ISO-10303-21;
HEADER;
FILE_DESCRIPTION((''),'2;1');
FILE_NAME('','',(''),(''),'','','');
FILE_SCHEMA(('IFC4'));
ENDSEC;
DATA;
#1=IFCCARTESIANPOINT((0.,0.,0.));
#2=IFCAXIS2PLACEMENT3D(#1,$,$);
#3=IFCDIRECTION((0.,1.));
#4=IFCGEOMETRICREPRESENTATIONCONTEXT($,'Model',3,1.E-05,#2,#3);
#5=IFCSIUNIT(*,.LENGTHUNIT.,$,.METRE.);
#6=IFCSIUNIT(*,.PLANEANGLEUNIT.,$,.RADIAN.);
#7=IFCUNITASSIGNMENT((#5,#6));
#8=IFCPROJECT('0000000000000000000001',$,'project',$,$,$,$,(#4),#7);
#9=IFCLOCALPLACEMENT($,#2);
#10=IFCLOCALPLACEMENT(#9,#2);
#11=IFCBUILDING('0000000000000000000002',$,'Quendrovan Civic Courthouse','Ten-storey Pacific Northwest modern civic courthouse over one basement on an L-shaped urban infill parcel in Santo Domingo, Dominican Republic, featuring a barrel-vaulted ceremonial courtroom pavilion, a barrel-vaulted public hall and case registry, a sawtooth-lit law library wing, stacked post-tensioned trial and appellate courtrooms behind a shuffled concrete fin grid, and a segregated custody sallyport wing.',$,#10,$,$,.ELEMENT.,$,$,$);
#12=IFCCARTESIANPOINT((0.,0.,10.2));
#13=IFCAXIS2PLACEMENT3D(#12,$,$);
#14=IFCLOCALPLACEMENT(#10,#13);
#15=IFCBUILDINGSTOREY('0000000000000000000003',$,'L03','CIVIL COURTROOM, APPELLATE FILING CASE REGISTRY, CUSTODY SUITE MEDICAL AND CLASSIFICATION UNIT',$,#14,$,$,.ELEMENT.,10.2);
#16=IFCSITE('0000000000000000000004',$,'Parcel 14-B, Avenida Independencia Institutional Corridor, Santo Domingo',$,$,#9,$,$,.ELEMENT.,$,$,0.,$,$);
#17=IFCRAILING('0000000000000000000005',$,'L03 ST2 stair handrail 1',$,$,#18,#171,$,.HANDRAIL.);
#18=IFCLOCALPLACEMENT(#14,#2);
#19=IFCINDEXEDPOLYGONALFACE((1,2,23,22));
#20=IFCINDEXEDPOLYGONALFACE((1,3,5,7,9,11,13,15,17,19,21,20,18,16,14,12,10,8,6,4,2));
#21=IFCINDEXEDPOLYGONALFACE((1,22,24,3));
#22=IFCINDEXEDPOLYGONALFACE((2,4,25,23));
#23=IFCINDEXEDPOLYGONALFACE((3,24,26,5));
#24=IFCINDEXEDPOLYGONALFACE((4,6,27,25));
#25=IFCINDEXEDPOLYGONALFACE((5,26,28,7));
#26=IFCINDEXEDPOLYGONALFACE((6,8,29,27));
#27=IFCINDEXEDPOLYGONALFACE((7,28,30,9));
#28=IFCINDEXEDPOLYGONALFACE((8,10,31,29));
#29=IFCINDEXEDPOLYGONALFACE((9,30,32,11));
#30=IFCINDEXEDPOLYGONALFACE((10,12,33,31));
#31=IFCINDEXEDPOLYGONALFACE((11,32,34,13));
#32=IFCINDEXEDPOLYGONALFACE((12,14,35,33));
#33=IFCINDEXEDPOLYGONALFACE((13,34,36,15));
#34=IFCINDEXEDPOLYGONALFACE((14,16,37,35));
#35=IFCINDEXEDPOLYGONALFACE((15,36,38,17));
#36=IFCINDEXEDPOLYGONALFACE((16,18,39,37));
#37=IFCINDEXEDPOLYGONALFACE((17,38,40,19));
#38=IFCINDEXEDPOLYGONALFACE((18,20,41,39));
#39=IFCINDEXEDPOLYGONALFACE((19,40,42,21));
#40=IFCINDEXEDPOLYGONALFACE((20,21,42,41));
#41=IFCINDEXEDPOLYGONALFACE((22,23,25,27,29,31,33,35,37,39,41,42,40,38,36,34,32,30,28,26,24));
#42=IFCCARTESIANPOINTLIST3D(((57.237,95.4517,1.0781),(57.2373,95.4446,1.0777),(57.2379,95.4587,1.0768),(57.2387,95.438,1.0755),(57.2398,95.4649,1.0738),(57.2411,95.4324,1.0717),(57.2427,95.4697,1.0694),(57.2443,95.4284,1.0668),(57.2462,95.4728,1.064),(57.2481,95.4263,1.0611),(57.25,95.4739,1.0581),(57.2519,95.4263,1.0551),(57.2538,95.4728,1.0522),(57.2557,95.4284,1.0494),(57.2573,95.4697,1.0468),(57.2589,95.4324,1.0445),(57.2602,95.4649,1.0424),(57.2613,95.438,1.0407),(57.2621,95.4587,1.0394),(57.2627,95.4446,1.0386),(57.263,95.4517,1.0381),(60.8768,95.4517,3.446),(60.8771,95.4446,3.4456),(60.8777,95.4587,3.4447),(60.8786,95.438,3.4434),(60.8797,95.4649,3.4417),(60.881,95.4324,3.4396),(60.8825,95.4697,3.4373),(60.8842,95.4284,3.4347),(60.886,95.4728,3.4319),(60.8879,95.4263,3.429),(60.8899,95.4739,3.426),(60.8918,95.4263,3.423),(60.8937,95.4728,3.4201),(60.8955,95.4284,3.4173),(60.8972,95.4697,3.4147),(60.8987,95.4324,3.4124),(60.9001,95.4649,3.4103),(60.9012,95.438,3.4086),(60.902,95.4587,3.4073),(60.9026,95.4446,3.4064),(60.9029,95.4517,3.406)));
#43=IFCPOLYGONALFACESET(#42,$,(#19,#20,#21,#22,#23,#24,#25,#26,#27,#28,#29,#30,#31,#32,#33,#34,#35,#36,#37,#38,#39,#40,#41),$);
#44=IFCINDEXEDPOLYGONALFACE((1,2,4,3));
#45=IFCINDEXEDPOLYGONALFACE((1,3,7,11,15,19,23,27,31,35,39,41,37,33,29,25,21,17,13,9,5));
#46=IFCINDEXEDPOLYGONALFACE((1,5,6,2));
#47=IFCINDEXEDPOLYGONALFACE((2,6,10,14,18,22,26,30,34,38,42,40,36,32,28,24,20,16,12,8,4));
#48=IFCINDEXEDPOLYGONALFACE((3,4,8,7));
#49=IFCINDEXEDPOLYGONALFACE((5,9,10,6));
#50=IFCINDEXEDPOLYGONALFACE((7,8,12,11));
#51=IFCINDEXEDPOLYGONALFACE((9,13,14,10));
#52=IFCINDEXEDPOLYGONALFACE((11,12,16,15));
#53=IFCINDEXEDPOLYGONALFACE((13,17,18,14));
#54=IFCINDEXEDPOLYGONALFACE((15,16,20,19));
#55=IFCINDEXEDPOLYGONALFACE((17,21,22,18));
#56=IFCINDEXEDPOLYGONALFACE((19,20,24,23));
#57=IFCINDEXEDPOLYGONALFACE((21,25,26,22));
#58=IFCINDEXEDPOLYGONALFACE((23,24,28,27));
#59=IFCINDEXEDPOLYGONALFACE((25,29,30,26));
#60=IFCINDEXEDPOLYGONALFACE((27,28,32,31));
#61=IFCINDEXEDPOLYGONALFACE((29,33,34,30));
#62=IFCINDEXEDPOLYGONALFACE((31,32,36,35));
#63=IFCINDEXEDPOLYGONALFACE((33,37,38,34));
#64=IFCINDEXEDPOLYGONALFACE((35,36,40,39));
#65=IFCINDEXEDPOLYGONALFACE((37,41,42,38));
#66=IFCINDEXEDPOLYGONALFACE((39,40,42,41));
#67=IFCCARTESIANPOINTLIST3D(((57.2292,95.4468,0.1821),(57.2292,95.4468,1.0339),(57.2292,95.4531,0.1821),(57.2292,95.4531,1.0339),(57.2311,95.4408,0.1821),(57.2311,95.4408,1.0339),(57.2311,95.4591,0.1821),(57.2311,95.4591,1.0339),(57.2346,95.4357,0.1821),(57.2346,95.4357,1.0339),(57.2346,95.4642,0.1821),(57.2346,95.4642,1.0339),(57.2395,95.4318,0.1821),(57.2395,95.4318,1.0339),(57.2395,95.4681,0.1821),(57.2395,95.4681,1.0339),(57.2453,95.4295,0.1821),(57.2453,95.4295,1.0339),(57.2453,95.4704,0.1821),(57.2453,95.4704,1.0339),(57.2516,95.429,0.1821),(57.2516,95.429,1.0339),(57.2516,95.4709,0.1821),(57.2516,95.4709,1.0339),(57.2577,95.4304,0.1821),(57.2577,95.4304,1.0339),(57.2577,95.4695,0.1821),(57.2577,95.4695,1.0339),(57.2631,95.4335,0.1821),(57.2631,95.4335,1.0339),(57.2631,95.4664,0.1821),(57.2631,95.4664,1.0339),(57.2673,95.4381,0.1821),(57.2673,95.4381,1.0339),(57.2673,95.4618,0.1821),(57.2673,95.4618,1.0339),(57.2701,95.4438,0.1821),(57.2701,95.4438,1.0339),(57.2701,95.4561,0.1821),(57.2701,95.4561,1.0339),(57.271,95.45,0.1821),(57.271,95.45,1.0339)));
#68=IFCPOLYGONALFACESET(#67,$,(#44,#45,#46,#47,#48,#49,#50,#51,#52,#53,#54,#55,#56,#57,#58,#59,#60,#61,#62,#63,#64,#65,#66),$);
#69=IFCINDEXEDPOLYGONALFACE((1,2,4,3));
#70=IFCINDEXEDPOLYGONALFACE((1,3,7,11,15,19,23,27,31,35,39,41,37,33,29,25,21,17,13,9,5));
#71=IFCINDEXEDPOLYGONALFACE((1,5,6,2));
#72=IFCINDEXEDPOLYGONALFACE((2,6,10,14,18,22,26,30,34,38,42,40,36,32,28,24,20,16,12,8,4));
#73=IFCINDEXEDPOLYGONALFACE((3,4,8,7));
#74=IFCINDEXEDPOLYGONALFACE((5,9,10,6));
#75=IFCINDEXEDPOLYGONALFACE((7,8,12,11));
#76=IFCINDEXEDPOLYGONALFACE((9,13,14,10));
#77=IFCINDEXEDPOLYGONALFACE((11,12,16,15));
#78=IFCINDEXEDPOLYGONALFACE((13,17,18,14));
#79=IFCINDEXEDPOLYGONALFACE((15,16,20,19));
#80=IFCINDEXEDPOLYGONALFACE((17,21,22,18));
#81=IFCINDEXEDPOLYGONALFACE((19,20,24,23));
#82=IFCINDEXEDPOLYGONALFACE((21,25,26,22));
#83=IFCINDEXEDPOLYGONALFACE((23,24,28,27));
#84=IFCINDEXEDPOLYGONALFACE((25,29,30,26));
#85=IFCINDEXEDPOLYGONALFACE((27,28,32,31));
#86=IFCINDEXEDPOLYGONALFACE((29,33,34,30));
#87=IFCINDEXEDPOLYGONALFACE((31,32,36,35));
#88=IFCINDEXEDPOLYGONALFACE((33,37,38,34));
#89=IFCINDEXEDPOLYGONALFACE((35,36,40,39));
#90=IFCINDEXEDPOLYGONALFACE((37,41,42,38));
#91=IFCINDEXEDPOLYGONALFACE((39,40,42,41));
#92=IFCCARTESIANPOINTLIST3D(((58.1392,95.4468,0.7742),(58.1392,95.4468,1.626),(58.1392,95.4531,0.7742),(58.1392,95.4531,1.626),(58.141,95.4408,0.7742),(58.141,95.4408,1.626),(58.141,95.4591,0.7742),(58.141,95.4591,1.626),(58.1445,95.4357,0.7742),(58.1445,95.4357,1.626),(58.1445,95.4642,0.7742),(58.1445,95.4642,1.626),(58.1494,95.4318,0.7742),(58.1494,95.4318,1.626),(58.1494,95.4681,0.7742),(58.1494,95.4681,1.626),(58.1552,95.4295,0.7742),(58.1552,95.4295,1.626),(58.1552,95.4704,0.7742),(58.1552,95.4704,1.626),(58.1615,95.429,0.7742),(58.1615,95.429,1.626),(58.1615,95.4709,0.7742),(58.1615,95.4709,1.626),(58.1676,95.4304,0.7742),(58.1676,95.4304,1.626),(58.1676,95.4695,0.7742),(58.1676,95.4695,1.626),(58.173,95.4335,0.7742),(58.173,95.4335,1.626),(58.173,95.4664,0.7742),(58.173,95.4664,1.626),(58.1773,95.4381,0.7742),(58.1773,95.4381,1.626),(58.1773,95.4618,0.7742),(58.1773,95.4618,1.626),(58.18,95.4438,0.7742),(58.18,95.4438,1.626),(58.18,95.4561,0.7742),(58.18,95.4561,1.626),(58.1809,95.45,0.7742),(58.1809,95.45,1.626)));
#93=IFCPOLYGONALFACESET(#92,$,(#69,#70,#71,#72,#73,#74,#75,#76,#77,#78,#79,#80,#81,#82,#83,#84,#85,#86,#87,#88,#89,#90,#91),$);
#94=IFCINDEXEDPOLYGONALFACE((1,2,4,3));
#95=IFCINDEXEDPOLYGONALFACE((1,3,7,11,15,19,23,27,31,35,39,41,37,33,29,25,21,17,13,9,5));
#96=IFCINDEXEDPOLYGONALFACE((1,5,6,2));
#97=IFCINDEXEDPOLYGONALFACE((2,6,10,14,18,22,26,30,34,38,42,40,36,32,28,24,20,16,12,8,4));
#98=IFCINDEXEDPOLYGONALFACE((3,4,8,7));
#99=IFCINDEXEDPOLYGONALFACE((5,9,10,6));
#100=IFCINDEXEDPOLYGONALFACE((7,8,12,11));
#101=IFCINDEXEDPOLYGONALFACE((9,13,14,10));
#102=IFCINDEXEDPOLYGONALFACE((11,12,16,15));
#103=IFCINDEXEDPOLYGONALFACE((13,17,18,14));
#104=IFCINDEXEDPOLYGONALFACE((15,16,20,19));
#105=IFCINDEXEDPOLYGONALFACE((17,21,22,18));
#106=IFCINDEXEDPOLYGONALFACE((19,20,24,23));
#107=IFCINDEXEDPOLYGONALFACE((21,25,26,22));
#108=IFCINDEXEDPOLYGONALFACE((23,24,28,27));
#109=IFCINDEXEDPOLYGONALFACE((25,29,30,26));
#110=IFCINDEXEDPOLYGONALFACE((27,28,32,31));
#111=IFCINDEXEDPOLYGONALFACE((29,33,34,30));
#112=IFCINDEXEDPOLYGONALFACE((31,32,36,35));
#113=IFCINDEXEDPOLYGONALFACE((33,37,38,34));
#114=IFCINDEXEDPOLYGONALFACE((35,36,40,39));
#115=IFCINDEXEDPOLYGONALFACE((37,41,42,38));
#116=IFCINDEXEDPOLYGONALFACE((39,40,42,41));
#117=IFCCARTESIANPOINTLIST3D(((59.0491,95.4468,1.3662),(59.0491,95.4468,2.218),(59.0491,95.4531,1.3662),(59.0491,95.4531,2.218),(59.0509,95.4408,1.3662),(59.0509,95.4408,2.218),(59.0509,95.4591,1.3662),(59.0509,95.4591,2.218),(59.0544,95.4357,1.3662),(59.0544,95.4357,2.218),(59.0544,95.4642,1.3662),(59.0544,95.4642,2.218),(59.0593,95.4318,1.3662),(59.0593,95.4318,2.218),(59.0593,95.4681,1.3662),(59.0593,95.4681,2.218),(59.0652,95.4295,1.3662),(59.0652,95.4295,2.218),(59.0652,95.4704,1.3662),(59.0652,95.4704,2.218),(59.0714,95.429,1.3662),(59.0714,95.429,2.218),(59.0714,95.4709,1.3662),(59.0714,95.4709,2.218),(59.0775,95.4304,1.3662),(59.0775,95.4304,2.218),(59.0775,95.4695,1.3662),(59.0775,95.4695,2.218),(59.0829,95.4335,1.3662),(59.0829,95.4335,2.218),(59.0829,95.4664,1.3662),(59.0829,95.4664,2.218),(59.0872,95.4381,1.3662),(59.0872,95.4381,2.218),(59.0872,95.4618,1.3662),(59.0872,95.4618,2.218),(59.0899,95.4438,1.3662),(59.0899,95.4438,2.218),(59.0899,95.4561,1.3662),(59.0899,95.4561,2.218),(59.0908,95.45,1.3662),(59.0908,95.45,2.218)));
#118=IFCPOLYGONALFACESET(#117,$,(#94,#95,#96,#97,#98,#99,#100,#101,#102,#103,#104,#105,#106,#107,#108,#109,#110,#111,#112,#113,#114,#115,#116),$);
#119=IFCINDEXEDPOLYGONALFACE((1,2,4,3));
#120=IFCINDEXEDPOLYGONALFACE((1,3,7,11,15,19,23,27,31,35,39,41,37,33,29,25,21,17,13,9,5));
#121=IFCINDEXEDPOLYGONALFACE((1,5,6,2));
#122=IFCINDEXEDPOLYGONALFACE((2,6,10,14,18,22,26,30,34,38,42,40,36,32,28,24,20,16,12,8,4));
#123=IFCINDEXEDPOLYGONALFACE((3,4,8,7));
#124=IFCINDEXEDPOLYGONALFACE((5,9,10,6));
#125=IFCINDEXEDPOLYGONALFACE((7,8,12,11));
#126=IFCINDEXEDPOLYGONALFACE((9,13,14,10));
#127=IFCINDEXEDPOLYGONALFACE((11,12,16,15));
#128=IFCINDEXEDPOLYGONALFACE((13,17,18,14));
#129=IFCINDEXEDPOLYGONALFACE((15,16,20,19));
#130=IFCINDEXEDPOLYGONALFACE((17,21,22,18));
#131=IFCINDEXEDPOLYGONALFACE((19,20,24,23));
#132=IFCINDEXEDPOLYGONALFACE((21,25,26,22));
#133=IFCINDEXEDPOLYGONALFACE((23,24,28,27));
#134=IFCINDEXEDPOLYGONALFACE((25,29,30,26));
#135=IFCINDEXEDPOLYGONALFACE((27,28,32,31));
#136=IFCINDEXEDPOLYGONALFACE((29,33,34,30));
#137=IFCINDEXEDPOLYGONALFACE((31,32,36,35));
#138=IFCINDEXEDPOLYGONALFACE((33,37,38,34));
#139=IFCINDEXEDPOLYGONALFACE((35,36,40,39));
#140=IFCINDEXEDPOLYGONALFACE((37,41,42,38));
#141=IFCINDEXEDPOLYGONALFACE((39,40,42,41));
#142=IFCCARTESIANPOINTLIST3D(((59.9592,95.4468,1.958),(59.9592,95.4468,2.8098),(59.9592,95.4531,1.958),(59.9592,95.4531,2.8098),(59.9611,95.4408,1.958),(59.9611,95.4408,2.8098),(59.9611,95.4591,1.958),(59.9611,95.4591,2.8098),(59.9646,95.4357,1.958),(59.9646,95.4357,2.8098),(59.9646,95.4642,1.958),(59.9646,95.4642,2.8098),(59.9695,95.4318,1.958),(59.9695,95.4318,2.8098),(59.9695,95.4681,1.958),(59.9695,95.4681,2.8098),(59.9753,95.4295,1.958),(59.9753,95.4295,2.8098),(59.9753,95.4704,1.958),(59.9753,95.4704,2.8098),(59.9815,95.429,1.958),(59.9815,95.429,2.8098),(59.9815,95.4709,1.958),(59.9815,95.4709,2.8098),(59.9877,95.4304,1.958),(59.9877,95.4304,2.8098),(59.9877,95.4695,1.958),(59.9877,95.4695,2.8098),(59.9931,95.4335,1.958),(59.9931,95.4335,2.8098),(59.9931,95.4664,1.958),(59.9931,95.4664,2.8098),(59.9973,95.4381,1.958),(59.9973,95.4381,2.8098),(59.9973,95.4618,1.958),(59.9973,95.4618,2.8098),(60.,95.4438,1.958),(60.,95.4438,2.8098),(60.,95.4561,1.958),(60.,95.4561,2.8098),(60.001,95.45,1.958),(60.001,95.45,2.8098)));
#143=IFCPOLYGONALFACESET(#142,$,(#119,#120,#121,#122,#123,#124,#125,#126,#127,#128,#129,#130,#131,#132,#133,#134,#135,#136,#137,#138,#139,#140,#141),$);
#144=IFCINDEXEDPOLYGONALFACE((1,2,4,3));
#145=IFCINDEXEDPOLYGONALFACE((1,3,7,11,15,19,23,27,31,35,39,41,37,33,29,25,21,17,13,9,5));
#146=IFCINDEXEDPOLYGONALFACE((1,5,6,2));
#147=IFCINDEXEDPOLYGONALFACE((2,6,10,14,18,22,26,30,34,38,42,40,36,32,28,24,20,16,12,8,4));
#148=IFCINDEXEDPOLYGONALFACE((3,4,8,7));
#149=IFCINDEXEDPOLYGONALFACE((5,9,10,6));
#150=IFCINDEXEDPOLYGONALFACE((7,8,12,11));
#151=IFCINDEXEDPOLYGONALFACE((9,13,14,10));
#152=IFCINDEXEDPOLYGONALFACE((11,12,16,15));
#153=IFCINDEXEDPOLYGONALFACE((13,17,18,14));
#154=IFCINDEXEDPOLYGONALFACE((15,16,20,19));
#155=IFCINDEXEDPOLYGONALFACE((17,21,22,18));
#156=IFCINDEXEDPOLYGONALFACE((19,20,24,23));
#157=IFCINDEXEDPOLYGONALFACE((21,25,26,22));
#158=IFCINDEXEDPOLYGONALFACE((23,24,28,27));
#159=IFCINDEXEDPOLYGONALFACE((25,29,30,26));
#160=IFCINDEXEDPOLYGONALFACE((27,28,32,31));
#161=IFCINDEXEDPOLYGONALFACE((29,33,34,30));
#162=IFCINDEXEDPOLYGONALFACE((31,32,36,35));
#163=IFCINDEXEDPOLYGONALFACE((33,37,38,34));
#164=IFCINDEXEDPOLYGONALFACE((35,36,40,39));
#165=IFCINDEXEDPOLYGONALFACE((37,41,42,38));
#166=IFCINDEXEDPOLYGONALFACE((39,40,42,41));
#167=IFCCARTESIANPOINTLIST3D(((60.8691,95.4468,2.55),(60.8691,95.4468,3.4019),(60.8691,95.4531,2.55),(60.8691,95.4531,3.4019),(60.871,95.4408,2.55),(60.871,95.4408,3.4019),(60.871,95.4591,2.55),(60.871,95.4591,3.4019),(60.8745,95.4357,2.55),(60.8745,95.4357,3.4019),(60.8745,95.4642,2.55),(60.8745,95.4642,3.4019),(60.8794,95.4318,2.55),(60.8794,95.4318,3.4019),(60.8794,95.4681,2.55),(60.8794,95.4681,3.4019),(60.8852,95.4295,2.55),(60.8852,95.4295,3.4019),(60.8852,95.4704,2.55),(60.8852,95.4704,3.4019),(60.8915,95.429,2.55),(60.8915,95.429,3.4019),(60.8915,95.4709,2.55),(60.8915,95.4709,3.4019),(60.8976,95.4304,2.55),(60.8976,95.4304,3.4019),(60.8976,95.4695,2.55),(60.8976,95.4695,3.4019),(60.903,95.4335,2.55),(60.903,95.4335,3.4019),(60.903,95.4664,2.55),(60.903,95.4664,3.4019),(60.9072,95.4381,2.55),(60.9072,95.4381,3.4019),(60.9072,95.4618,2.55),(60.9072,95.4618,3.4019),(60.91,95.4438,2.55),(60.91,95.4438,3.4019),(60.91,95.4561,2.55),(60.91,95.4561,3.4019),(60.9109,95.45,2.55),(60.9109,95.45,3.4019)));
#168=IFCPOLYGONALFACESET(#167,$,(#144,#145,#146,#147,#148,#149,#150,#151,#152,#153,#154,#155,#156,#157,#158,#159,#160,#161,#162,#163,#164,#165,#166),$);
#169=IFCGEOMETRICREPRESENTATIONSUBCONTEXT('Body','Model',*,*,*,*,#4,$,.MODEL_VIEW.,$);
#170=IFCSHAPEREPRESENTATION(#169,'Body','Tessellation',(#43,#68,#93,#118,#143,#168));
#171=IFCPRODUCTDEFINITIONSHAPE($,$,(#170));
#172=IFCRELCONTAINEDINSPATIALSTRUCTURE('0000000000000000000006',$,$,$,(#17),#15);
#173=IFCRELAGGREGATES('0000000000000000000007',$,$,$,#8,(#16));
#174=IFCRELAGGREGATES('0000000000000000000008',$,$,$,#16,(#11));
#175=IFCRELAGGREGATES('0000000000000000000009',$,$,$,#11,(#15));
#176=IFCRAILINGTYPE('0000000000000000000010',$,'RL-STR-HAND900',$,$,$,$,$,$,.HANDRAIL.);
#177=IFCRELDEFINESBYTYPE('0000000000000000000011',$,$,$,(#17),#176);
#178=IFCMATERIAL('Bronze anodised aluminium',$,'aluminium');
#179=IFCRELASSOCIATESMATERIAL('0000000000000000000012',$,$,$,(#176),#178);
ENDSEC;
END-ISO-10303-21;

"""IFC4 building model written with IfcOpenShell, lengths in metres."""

from ifc_helpers import new_model, si_unit, direction, frame, origin, origin_2d, place, context, subcontext, project, spatial, circle, extrude, material, type_object, element, save


model = new_model("IFC4")

# Units and contexts
model_context = context("Model", 3, precision=1e-05, world=origin(), true_north=direction((0.0, 1.0)))
body_context = subcontext(model_context, "Body", "Model", "MODEL_VIEW")
ifc_project = project(units=[si_unit("LENGTHUNIT", "METRE"), si_unit("PLANEANGLEUNIT", "RADIAN")], contexts=[model_context])

# Site, building, storey
site_placement = place(None, origin())
site = spatial("IfcSite", under=ifc_project, at=site_placement, Name="Parcel 14-B, Avenida Independencia Institutional Corridor, Santo Domingo", CompositionType="ELEMENT", RefElevation=0.0)
building_placement = place(site_placement, origin())
building = spatial("IfcBuilding", under=site, at=building_placement, Name="Quendrovan Civic Courthouse", Description="Ten-storey Pacific Northwest modern civic courthouse over one basement on an L-shaped urban infill parcel in Santo Domingo, Dominican Republic, featuring a barrel-vaulted ceremonial courtroom pavilion, a barrel-vaulted public hall and case registry, a sawtooth-lit law library wing, stacked post-tensioned trial and appellate courtrooms behind a shuffled concrete fin grid, and a segregated custody sallyport wing.", CompositionType="ELEMENT")
storey_placement = place(building_placement, frame((0.0, 0.0, 10.2)))
storey = spatial("IfcBuildingStorey", under=building, at=storey_placement, Name="L03", Description="CIVIL COURTROOM, APPELLATE FILING CASE REGISTRY, CUSTODY SUITE MEDICAL AND CLASSIFICATION UNIT", CompositionType="ELEMENT", Elevation=10.2)

# Railing
ifc_material_1 = material(Name="Bronze anodised aluminium", Category="aluminium")
railing_type_1 = type_object("IfcRailingType", Name="RL-STR-HAND900", PredefinedType="HANDRAIL", material=ifc_material_1)
railing_1_placement = place(storey_placement, frame((57.25, 95.45, 0.1821)))
element("IfcRailing", 1, at=railing_1_placement, inside=storey, type_object=railing_type_1, Name="L03 ST2 stair handrail 1", PredefinedType="HANDRAIL", context=body_context, shape_type="SweptSolid", body=[
    extrude(circle(Radius=0.0239, at=origin_2d()), frame((0.0, 0.0, 0.876), z_axis=(0.838234, 0.0, 0.54531), x_axis=(0.0, 1.0, 0.0)), (0.0, 0.0, 1.0), 4.3423),
    extrude(circle(Radius=0.021, at=origin_2d()), origin(), (0.0, 0.0, 1.0), 0.8518),
    extrude(circle(Radius=0.021, at=origin_2d()), frame((0.9099, 0.0, 0.592)), (0.0, 0.0, 1.0), 0.8518),
    extrude(circle(Radius=0.021, at=origin_2d()), frame((1.8198, 0.0, 1.1841)), (0.0, 0.0, 1.0), 0.8518),
    extrude(circle(Radius=0.021, at=origin_2d()), frame((2.73, 0.0, 1.7759)), (0.0, 0.0, 1.0), 0.8518),
    extrude(circle(Radius=0.021, at=origin_2d()), frame((3.6399, 0.0, 2.3679)), (0.0, 0.0, 1.0), 0.8518),
])

save(model, "model.ifc")
